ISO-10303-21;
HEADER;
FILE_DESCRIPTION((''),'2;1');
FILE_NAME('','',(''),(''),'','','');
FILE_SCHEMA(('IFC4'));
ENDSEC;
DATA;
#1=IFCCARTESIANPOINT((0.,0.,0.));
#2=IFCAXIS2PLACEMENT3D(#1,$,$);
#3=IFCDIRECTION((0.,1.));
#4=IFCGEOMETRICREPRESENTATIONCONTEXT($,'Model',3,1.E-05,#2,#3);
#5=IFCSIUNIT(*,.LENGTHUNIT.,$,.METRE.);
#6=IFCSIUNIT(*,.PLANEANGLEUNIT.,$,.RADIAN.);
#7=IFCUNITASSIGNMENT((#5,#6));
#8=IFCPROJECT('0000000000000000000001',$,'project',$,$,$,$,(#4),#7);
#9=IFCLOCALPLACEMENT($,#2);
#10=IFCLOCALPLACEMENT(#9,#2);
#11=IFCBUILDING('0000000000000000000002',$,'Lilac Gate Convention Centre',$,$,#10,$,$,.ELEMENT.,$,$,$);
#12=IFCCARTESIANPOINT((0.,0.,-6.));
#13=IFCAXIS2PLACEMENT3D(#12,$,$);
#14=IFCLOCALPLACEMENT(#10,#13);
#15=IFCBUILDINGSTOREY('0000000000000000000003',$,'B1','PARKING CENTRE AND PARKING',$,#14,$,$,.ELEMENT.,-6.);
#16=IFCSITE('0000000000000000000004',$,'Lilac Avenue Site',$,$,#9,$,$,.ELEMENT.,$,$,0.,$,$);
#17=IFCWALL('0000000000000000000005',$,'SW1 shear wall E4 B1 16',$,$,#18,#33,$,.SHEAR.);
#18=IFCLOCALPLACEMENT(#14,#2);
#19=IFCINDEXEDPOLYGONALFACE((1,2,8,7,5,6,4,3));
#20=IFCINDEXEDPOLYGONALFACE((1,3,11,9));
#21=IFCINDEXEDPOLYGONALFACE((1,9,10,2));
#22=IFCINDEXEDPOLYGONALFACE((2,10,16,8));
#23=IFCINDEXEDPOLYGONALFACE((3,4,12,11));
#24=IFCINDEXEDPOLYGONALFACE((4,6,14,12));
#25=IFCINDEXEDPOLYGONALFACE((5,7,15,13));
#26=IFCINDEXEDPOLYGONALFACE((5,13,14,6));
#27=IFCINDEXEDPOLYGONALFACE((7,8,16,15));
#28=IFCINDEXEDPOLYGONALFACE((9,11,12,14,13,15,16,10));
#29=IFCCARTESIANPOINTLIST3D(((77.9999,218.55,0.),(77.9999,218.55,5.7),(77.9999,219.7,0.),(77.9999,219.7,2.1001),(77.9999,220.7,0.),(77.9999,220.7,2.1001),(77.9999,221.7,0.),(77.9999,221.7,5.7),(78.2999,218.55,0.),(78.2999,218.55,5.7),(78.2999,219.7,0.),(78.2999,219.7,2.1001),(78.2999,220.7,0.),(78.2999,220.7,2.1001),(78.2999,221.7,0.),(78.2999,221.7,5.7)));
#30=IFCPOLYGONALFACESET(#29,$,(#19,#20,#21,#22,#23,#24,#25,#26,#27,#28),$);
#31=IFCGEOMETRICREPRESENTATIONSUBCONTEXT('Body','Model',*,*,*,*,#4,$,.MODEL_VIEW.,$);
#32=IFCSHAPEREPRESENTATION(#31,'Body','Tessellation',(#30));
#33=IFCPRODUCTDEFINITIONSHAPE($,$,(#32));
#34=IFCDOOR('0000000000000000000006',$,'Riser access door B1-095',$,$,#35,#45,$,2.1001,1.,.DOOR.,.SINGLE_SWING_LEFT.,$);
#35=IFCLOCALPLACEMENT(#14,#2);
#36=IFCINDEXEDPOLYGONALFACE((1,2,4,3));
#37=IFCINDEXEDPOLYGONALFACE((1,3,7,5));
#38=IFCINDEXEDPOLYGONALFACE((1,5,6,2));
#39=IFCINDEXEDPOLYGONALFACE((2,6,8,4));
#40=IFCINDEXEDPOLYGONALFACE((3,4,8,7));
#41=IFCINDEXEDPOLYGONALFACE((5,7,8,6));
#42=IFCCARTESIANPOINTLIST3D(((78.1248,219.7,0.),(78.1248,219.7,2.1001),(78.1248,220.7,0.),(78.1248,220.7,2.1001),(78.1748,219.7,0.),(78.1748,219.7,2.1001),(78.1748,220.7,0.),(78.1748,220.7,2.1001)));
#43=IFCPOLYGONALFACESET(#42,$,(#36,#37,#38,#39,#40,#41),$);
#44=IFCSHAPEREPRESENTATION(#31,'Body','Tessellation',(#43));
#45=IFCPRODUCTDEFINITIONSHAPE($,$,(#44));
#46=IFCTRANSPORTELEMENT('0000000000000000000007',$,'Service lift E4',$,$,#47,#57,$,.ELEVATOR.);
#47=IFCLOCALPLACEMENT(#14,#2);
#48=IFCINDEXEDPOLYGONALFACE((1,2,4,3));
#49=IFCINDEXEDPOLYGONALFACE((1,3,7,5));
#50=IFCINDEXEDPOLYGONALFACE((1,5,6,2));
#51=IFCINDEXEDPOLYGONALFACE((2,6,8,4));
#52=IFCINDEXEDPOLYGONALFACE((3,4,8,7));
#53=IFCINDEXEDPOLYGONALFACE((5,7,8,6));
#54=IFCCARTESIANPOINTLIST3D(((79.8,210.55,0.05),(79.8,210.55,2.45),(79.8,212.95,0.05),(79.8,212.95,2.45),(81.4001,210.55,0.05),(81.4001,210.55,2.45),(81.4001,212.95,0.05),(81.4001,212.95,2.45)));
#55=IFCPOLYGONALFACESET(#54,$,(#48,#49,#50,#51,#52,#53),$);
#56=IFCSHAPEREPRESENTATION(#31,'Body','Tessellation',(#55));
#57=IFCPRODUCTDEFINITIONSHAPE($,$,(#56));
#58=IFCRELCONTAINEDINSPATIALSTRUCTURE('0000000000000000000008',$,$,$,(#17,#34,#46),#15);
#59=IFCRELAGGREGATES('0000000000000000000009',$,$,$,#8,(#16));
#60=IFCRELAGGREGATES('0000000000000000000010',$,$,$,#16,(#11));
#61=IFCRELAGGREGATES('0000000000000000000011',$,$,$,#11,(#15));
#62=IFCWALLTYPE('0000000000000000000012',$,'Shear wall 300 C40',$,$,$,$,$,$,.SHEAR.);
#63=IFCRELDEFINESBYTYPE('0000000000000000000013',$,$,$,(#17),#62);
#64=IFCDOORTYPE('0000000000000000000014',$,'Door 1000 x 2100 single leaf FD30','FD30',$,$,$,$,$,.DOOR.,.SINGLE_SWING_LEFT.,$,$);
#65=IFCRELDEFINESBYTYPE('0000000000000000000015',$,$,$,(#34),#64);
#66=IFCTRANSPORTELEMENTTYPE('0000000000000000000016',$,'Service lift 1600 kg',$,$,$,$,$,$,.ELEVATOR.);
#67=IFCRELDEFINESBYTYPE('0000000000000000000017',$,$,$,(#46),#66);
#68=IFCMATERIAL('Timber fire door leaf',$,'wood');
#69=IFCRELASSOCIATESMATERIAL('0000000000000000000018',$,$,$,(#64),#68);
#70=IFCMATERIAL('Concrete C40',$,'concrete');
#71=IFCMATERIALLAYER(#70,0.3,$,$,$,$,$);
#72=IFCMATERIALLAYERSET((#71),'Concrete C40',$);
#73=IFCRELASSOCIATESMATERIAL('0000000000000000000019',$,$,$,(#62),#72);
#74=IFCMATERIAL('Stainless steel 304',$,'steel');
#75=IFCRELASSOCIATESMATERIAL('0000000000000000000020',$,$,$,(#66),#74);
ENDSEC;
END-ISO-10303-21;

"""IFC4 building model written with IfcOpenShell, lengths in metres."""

from ifc_helpers import new_model, si_unit, direction, frame, frame_2d, origin, origin_2d, place, context, subcontext, project, spatial, rectangle, extrude, material, layer, layer_set, type_object, element, fill, save


model = new_model("IFC4")

# Units and contexts
model_context = context("Model", 3, precision=1e-05, world=origin(), true_north=direction((0.0, 1.0)))
body_context = subcontext(model_context, "Body", "Model", "MODEL_VIEW")
ifc_project = project(units=[si_unit("LENGTHUNIT", "METRE"), si_unit("PLANEANGLEUNIT", "RADIAN")], contexts=[model_context])

# Site, building, storey
site_placement = place(None, origin())
site = spatial("IfcSite", under=ifc_project, at=site_placement, Name="Lilac Avenue Site", CompositionType="ELEMENT", RefElevation=0.0)
building_placement = place(site_placement, origin())
building = spatial("IfcBuilding", under=site, at=building_placement, Name="Lilac Gate Convention Centre", CompositionType="ELEMENT")
storey_placement = place(building_placement, frame((0.0, 0.0, -6.0)))
storey = spatial("IfcBuildingStorey", under=building, at=storey_placement, Name="B1", Description="PARKING CENTRE AND PARKING", CompositionType="ELEMENT", Elevation=-6.0)

# Shared definitions
ifc_material_1 = material(Name="Timber fire door leaf", Category="wood")
door_type_1 = type_object("IfcDoorType", Name="Door 1000 x 2100 single leaf FD30", Description="FD30", OperationType="SINGLE_SWING_LEFT", PredefinedType="DOOR", material=ifc_material_1)

# Wall, opening, door
ifc_material_2 = material(Name="Concrete C40", Category="concrete")
ifc_layer_1 = layer(ifc_material_2, 0.3)
ifc_layer_set_1 = layer_set([ifc_layer_1], Name="Concrete C40")
wall_type_1 = type_object("IfcWallType", Name="Shear wall 300 C40", PredefinedType="SHEAR", material=ifc_layer_set_1)
wall_1_placement = place(storey_placement, frame((78.1499, 218.55, 0.0), z_axis=(0.0, 0.0, 1.0), x_axis=(0.0, 1.0, 0.0)))
wall_1 = element("IfcWall", 1, at=wall_1_placement, inside=storey, type_object=wall_type_1, Name="SW1 shear wall E4 B1 16", PredefinedType="SHEAR", context=body_context, shape_type="SweptSolid", body=[
    extrude(rectangle(XDim=3.1499, YDim=0.3, at=frame_2d((1.575, 0.0))), origin(), (0.0, 0.0, 1.0), 5.7),
])
opening_1_placement = place(wall_1_placement, frame((1.1499, 0.0, 0.0)))
opening_1 = element("IfcOpeningElement", 2, at=opening_1_placement, cuts=wall_1, PredefinedType="OPENING", context=body_context, shape_type="SweptSolid", body=[
    extrude(rectangle(XDim=1.0, YDim=2.1001, at=frame_2d((0.5, 1.05))), frame((0.0, 0.1599, 0.0), z_axis=(0.0, -1.0, 0.0), x_axis=(1.0, 0.0, 0.0)), (0.0, 0.0, 1.0), 0.3201),
])
door_1_placement = place(opening_1_placement, frame((1.0, 0.0, 0.0), z_axis=(0.0, 0.0, 1.0), x_axis=(-1.0, 0.0, 0.0)))
door_1 = element("IfcDoor", 3, at=door_1_placement, inside=storey, type_object=door_type_1, Name="Riser access door B1-095", OperationType="SINGLE_SWING_LEFT", OverallHeight=2.1001, OverallWidth=1.0, PredefinedType="DOOR", context=body_context, shape_type="SweptSolid", body=[
    extrude(rectangle(XDim=1.0, YDim=2.1001, at=frame_2d((0.5, 1.05))), frame((0.0, 0.0249, 0.0), z_axis=(0.0, -1.0, 0.0), x_axis=(1.0, 0.0, 0.0)), (0.0, 0.0, 1.0), 0.05),
])
fill(opening_1, door_1)

# Transport element
ifc_material_3 = material(Name="Stainless steel 304", Category="steel")
transport_element_type = type_object("IfcTransportElementType", Name="Service lift 1600 kg", PredefinedType="ELEVATOR", material=ifc_material_3)
transport_element_placement = place(storey_placement, frame((80.6001, 211.75, 0.05), z_axis=(0.0, 0.0, 1.0), x_axis=(1.0, 0.0, 0.0)))
element("IfcTransportElement", 4, at=transport_element_placement, inside=storey, type_object=transport_element_type, Name="Service lift E4", PredefinedType="ELEVATOR", context=body_context, shape_type="SweptSolid", body=[
    extrude(rectangle(XDim=1.6001, YDim=2.3999, at=origin_2d()), origin(), (0.0, 0.0, 1.0), 2.3999),
])

save(model, "model.ifc")
